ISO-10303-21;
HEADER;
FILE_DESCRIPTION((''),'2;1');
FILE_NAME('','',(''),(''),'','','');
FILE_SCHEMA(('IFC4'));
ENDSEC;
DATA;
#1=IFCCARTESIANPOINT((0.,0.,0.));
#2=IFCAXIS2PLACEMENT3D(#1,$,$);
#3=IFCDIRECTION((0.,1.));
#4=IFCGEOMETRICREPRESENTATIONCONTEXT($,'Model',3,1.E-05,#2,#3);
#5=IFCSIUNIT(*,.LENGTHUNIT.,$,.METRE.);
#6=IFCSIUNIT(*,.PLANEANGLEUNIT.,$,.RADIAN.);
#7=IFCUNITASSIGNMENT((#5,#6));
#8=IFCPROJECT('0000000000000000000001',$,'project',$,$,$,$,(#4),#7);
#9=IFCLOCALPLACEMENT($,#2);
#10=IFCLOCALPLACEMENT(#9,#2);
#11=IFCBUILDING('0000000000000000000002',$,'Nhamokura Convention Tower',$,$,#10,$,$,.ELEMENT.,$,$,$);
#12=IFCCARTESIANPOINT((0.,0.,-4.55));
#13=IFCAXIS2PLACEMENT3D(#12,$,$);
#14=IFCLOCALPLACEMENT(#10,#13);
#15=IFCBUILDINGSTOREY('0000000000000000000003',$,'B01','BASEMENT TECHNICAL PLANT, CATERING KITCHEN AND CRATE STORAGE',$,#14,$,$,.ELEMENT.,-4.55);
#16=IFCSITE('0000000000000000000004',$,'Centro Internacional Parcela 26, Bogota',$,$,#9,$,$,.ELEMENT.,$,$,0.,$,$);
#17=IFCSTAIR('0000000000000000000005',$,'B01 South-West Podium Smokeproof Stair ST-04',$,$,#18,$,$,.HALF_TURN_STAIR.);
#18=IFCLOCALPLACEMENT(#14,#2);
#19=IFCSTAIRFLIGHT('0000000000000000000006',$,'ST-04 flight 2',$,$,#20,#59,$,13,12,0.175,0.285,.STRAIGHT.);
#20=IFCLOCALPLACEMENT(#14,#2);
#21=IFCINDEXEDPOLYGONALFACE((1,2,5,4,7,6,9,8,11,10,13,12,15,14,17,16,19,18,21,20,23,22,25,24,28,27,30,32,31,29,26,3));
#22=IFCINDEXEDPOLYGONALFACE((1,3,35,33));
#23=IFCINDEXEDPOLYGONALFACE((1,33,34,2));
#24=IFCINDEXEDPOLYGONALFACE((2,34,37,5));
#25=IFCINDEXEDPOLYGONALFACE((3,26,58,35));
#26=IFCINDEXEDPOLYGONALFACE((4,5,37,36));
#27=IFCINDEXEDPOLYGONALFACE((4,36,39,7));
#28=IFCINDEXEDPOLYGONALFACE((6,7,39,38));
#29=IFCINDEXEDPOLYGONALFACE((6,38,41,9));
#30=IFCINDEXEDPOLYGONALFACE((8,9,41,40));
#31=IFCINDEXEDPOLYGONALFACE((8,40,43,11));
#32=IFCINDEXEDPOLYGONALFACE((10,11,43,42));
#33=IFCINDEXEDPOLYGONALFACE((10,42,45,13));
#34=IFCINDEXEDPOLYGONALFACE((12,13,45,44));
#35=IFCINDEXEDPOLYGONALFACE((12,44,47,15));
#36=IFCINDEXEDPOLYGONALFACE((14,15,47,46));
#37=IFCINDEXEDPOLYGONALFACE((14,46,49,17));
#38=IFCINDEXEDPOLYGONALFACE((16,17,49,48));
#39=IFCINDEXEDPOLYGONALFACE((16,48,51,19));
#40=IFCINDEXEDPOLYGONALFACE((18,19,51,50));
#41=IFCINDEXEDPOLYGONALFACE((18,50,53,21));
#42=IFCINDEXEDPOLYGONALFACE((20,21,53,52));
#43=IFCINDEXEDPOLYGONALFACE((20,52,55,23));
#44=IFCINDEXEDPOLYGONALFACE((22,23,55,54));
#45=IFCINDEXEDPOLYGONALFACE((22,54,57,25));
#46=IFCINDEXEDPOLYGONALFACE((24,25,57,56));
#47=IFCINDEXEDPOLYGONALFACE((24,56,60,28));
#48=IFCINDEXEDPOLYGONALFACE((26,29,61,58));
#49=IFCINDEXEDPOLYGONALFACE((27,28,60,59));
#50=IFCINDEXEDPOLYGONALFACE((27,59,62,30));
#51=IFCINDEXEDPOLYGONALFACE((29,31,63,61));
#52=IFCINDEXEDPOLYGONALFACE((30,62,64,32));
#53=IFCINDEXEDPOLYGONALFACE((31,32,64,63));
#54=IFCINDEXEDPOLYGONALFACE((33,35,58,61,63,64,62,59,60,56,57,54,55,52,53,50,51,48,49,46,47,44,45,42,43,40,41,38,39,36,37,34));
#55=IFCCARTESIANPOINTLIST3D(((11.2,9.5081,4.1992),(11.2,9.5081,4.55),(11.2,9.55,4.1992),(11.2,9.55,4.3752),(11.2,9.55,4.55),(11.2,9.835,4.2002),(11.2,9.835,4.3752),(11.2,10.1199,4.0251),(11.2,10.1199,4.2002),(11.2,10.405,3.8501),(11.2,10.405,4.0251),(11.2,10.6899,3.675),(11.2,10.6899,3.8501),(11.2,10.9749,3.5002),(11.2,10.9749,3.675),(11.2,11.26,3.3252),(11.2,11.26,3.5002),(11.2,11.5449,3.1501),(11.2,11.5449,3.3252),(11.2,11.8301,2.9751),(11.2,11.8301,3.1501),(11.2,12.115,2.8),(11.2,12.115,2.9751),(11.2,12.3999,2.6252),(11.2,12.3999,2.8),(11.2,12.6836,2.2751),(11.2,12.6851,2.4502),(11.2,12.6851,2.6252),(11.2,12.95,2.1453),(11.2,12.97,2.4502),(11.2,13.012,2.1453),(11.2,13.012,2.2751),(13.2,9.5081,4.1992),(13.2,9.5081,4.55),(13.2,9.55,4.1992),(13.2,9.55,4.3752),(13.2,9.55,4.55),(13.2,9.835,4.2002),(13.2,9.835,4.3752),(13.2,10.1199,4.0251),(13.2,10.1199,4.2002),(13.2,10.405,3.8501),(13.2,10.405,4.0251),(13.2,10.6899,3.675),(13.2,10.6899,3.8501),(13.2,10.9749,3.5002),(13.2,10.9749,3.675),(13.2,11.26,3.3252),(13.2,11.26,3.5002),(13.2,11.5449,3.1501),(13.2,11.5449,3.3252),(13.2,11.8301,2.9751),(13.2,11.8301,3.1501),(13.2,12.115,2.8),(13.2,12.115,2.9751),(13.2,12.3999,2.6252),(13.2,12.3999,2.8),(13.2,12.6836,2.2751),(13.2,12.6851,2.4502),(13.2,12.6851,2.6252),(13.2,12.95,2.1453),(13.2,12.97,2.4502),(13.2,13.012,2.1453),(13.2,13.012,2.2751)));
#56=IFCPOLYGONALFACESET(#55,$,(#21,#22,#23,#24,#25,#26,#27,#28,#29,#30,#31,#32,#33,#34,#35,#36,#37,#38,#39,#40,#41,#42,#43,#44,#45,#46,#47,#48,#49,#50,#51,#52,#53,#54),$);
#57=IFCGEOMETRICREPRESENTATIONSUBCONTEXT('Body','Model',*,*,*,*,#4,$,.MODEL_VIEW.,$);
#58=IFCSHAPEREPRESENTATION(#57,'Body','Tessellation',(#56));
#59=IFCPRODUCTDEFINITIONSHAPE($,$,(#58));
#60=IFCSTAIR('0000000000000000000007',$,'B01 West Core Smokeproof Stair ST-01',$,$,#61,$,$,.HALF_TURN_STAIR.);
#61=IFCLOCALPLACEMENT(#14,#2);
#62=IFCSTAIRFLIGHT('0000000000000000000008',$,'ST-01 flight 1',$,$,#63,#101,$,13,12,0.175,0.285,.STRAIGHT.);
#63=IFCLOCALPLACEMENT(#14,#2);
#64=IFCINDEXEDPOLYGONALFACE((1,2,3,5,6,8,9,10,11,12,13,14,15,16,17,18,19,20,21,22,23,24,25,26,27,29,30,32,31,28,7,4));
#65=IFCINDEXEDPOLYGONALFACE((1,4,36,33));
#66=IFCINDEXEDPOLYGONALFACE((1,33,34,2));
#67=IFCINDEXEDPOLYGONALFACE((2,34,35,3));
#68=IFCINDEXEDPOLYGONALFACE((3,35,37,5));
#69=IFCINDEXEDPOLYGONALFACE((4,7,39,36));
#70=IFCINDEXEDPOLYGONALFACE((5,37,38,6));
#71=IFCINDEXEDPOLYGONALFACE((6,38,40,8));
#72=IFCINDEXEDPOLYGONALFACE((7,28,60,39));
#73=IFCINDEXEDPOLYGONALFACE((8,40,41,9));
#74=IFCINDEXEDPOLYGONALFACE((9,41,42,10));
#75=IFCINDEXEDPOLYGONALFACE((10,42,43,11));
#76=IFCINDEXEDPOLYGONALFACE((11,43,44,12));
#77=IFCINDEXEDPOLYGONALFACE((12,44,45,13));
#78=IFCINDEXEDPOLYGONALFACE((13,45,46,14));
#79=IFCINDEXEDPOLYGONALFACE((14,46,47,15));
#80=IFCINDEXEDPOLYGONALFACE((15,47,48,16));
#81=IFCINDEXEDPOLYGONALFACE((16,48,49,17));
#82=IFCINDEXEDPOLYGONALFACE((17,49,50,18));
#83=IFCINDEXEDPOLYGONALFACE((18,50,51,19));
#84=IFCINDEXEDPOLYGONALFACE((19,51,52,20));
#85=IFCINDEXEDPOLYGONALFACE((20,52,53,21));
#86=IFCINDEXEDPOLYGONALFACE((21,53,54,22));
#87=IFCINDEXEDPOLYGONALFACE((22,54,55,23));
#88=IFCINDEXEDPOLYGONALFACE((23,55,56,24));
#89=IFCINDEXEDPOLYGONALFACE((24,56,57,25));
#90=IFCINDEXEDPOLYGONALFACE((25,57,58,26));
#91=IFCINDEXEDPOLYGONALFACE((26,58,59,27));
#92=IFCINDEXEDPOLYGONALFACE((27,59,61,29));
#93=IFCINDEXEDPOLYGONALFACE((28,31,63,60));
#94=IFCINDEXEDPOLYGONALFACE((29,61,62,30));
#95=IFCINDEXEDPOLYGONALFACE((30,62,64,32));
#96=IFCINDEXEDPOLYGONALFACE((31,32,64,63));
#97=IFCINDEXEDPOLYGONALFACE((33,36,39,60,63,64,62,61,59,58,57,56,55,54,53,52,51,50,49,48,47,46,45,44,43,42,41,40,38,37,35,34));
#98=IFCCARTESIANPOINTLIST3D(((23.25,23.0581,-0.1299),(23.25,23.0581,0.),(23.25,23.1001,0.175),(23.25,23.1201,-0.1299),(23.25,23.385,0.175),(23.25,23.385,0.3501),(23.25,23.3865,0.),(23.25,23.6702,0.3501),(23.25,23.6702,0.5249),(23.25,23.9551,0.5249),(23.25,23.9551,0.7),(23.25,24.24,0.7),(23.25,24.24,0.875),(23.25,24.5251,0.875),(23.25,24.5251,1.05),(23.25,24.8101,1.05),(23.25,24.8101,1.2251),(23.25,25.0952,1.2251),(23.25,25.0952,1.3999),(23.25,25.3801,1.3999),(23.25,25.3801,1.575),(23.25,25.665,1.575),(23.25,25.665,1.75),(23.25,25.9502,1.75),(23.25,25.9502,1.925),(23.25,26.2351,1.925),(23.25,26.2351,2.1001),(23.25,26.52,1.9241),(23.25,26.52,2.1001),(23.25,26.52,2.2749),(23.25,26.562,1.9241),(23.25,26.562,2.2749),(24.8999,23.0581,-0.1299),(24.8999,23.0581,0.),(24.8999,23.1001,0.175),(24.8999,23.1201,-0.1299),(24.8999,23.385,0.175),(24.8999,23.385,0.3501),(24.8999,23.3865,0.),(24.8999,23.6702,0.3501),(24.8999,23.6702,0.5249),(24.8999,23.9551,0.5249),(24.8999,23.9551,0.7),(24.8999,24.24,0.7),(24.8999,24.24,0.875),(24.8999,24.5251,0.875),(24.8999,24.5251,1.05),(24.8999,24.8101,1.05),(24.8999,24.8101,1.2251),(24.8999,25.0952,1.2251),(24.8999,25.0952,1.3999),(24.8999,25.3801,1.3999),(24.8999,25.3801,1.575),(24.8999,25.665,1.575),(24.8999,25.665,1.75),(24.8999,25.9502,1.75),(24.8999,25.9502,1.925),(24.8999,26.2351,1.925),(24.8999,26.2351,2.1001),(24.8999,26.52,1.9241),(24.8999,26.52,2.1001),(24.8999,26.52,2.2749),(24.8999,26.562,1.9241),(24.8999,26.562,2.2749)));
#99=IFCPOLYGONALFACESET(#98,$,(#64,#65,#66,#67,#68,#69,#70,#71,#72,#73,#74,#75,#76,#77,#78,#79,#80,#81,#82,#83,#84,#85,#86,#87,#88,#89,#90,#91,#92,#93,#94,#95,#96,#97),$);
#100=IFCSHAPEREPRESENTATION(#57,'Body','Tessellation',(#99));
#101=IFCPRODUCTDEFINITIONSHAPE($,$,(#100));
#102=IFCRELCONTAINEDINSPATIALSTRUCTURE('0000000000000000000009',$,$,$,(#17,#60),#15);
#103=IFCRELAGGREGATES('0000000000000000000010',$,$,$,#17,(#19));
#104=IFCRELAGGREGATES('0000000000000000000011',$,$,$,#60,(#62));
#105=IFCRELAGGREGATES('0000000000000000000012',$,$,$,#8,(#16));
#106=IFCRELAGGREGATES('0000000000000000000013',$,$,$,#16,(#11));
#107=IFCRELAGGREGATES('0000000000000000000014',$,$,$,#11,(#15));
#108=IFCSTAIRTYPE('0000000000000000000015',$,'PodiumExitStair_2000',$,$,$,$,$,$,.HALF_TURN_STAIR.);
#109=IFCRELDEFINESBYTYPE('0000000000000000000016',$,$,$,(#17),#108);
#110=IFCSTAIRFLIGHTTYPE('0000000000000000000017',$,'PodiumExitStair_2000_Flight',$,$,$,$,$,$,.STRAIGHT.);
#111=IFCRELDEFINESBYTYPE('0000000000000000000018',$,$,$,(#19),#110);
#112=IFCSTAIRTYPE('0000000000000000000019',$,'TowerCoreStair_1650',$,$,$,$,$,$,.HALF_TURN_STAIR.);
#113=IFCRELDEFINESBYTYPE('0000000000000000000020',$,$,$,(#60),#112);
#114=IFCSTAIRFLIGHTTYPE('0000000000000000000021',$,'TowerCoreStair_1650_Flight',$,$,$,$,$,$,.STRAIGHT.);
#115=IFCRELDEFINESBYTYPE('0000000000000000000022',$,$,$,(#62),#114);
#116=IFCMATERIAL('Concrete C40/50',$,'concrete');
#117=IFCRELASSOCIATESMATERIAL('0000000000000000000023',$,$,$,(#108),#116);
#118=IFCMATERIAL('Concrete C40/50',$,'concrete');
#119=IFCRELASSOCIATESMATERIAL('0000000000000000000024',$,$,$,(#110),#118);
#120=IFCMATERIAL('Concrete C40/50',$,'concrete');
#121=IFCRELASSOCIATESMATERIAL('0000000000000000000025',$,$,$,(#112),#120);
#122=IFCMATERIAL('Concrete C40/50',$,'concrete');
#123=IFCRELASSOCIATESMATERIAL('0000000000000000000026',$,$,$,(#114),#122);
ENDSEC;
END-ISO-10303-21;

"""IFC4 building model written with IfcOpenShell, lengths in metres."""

from ifc_helpers import new_model, si_unit, direction, frame, origin, place, context, subcontext, project, spatial, polyline, outline, extrude, material, type_object, element, aggregate, save


model = new_model("IFC4")

# Units and contexts
model_context = context("Model", 3, precision=1e-05, world=origin(), true_north=direction((0.0, 1.0)))
body_context = subcontext(model_context, "Body", "Model", "MODEL_VIEW")
ifc_project = project(units=[si_unit("LENGTHUNIT", "METRE"), si_unit("PLANEANGLEUNIT", "RADIAN")], contexts=[model_context])

# Site, building, storey
site_placement = place(None, origin())
site = spatial("IfcSite", under=ifc_project, at=site_placement, Name="Centro Internacional Parcela 26, Bogota", CompositionType="ELEMENT", RefElevation=0.0)
building_placement = place(site_placement, origin())
building = spatial("IfcBuilding", under=site, at=building_placement, Name="Nhamokura Convention Tower", CompositionType="ELEMENT")
storey_placement = place(building_placement, frame((0.0, 0.0, -4.55)))
storey = spatial("IfcBuildingStorey", under=building, at=storey_placement, Name="B01", Description="BASEMENT TECHNICAL PLANT, CATERING KITCHEN AND CRATE STORAGE", CompositionType="ELEMENT", Elevation=-4.55)

# Stair, stair flight
ifc_material_1 = material(Name="Concrete C40/50", Category="concrete")
stair_type_1 = type_object("IfcStairType", Name="PodiumExitStair_2000", PredefinedType="HALF_TURN_STAIR", material=ifc_material_1)
stair_1_placement = place(storey_placement, origin())
stair_1 = element("IfcStair", 1, at=stair_1_placement, inside=storey, type_object=stair_type_1, Name="B01 South-West Podium Smokeproof Stair ST-04", PredefinedType="HALF_TURN_STAIR")
ifc_material_2 = material(Name="Concrete C40/50", Category="concrete")
stair_flight_type_1 = type_object("IfcStairFlightType", Name="PodiumExitStair_2000_Flight", PredefinedType="STRAIGHT", material=ifc_material_2)
stair_flight_1_placement = place(storey_placement, frame((12.2, 12.97, 2.2751), z_axis=(0.0, 0.0, 1.0), x_axis=(0.0, -1.0, 0.0)))
stair_flight_1 = element("IfcStairFlight", 2, at=stair_flight_1_placement, type_object=stair_flight_type_1, Name="ST-04 flight 2", NumberOfRisers=13, NumberOfTreads=12, PredefinedType="STRAIGHT", RiserHeight=0.175, TreadLength=0.285, context=body_context, shape_type="SweptSolid", body=[
    extrude(outline(polyline([(-0.042, 0.0), (0.0, 0.175), (0.2849, 0.175), (0.2849, 0.3501), (0.5701, 0.3501), (0.5701, 0.5249), (0.855, 0.5249), (0.855, 0.7), (1.1399, 0.7), (1.1399, 0.875), (1.425, 0.875), (1.425, 1.05), (1.71, 1.05), (1.71, 1.2251), (1.9951, 1.2251), (1.9951, 1.3999), (2.28, 1.3999), (2.28, 1.575), (2.5649, 1.575), (2.5649, 1.75), (2.8501, 1.75), (2.8501, 1.925), (3.135, 1.925), (3.135, 2.1001), (3.4199, 2.1001), (3.4199, 2.2749), (3.4619, 2.2749), (3.4619, 1.9241), (3.4199, 1.9241), (0.2864, 0.0), (0.02, -0.1299), (-0.042, -0.1299), (-0.042, 0.0)])), frame((0.0, 1.0, 0.0), z_axis=(0.0, -1.0, 0.0), x_axis=(1.0, 0.0, 0.0)), (0.0, 0.0, 1.0), 2.0),
])
aggregate(stair_1, [stair_flight_1])

# Stair, stair flight
ifc_material_3 = material(Name="Concrete C40/50", Category="concrete")
stair_type_2 = type_object("IfcStairType", Name="TowerCoreStair_1650", PredefinedType="HALF_TURN_STAIR", material=ifc_material_3)
stair_2_placement = place(storey_placement, origin())
stair_2 = element("IfcStair", 3, at=stair_2_placement, inside=storey, type_object=stair_type_2, Name="B01 West Core Smokeproof Stair ST-01", PredefinedType="HALF_TURN_STAIR")
ifc_material_4 = material(Name="Concrete C40/50", Category="concrete")
stair_flight_type_2 = type_object("IfcStairFlightType", Name="TowerCoreStair_1650_Flight", PredefinedType="STRAIGHT", material=ifc_material_4)
stair_flight_2_placement = place(storey_placement, frame((24.075, 23.1001, 0.0), z_axis=(0.0, 0.0, 1.0), x_axis=(0.0, 1.0, 0.0)))
stair_flight_2 = element("IfcStairFlight", 4, at=stair_flight_2_placement, type_object=stair_flight_type_2, Name="ST-01 flight 1", NumberOfRisers=13, NumberOfTreads=12, PredefinedType="STRAIGHT", RiserHeight=0.175, TreadLength=0.285, context=body_context, shape_type="SweptSolid", body=[
    extrude(outline(polyline([(-0.042, 0.0), (0.0, 0.175), (0.2849, 0.175), (0.2849, 0.3501), (0.5701, 0.3501), (0.5701, 0.5249), (0.855, 0.5249), (0.855, 0.7), (1.1399, 0.7), (1.1399, 0.875), (1.425, 0.875), (1.425, 1.05), (1.71, 1.05), (1.71, 1.2251), (1.9951, 1.2251), (1.9951, 1.3999), (2.28, 1.3999), (2.28, 1.575), (2.5649, 1.575), (2.5649, 1.75), (2.8501, 1.75), (2.8501, 1.925), (3.135, 1.925), (3.135, 2.1001), (3.4199, 2.1001), (3.4199, 2.2749), (3.4619, 2.2749), (3.4619, 1.9241), (3.4199, 1.9241), (0.2864, 0.0), (0.02, -0.1299), (-0.042, -0.1299), (-0.042, 0.0)])), frame((0.0, 0.825, 0.0), z_axis=(0.0, -1.0, 0.0), x_axis=(1.0, 0.0, 0.0)), (0.0, 0.0, 1.0), 1.6499),
])
aggregate(stair_2, [stair_flight_2])

save(model, "model.ifc")
